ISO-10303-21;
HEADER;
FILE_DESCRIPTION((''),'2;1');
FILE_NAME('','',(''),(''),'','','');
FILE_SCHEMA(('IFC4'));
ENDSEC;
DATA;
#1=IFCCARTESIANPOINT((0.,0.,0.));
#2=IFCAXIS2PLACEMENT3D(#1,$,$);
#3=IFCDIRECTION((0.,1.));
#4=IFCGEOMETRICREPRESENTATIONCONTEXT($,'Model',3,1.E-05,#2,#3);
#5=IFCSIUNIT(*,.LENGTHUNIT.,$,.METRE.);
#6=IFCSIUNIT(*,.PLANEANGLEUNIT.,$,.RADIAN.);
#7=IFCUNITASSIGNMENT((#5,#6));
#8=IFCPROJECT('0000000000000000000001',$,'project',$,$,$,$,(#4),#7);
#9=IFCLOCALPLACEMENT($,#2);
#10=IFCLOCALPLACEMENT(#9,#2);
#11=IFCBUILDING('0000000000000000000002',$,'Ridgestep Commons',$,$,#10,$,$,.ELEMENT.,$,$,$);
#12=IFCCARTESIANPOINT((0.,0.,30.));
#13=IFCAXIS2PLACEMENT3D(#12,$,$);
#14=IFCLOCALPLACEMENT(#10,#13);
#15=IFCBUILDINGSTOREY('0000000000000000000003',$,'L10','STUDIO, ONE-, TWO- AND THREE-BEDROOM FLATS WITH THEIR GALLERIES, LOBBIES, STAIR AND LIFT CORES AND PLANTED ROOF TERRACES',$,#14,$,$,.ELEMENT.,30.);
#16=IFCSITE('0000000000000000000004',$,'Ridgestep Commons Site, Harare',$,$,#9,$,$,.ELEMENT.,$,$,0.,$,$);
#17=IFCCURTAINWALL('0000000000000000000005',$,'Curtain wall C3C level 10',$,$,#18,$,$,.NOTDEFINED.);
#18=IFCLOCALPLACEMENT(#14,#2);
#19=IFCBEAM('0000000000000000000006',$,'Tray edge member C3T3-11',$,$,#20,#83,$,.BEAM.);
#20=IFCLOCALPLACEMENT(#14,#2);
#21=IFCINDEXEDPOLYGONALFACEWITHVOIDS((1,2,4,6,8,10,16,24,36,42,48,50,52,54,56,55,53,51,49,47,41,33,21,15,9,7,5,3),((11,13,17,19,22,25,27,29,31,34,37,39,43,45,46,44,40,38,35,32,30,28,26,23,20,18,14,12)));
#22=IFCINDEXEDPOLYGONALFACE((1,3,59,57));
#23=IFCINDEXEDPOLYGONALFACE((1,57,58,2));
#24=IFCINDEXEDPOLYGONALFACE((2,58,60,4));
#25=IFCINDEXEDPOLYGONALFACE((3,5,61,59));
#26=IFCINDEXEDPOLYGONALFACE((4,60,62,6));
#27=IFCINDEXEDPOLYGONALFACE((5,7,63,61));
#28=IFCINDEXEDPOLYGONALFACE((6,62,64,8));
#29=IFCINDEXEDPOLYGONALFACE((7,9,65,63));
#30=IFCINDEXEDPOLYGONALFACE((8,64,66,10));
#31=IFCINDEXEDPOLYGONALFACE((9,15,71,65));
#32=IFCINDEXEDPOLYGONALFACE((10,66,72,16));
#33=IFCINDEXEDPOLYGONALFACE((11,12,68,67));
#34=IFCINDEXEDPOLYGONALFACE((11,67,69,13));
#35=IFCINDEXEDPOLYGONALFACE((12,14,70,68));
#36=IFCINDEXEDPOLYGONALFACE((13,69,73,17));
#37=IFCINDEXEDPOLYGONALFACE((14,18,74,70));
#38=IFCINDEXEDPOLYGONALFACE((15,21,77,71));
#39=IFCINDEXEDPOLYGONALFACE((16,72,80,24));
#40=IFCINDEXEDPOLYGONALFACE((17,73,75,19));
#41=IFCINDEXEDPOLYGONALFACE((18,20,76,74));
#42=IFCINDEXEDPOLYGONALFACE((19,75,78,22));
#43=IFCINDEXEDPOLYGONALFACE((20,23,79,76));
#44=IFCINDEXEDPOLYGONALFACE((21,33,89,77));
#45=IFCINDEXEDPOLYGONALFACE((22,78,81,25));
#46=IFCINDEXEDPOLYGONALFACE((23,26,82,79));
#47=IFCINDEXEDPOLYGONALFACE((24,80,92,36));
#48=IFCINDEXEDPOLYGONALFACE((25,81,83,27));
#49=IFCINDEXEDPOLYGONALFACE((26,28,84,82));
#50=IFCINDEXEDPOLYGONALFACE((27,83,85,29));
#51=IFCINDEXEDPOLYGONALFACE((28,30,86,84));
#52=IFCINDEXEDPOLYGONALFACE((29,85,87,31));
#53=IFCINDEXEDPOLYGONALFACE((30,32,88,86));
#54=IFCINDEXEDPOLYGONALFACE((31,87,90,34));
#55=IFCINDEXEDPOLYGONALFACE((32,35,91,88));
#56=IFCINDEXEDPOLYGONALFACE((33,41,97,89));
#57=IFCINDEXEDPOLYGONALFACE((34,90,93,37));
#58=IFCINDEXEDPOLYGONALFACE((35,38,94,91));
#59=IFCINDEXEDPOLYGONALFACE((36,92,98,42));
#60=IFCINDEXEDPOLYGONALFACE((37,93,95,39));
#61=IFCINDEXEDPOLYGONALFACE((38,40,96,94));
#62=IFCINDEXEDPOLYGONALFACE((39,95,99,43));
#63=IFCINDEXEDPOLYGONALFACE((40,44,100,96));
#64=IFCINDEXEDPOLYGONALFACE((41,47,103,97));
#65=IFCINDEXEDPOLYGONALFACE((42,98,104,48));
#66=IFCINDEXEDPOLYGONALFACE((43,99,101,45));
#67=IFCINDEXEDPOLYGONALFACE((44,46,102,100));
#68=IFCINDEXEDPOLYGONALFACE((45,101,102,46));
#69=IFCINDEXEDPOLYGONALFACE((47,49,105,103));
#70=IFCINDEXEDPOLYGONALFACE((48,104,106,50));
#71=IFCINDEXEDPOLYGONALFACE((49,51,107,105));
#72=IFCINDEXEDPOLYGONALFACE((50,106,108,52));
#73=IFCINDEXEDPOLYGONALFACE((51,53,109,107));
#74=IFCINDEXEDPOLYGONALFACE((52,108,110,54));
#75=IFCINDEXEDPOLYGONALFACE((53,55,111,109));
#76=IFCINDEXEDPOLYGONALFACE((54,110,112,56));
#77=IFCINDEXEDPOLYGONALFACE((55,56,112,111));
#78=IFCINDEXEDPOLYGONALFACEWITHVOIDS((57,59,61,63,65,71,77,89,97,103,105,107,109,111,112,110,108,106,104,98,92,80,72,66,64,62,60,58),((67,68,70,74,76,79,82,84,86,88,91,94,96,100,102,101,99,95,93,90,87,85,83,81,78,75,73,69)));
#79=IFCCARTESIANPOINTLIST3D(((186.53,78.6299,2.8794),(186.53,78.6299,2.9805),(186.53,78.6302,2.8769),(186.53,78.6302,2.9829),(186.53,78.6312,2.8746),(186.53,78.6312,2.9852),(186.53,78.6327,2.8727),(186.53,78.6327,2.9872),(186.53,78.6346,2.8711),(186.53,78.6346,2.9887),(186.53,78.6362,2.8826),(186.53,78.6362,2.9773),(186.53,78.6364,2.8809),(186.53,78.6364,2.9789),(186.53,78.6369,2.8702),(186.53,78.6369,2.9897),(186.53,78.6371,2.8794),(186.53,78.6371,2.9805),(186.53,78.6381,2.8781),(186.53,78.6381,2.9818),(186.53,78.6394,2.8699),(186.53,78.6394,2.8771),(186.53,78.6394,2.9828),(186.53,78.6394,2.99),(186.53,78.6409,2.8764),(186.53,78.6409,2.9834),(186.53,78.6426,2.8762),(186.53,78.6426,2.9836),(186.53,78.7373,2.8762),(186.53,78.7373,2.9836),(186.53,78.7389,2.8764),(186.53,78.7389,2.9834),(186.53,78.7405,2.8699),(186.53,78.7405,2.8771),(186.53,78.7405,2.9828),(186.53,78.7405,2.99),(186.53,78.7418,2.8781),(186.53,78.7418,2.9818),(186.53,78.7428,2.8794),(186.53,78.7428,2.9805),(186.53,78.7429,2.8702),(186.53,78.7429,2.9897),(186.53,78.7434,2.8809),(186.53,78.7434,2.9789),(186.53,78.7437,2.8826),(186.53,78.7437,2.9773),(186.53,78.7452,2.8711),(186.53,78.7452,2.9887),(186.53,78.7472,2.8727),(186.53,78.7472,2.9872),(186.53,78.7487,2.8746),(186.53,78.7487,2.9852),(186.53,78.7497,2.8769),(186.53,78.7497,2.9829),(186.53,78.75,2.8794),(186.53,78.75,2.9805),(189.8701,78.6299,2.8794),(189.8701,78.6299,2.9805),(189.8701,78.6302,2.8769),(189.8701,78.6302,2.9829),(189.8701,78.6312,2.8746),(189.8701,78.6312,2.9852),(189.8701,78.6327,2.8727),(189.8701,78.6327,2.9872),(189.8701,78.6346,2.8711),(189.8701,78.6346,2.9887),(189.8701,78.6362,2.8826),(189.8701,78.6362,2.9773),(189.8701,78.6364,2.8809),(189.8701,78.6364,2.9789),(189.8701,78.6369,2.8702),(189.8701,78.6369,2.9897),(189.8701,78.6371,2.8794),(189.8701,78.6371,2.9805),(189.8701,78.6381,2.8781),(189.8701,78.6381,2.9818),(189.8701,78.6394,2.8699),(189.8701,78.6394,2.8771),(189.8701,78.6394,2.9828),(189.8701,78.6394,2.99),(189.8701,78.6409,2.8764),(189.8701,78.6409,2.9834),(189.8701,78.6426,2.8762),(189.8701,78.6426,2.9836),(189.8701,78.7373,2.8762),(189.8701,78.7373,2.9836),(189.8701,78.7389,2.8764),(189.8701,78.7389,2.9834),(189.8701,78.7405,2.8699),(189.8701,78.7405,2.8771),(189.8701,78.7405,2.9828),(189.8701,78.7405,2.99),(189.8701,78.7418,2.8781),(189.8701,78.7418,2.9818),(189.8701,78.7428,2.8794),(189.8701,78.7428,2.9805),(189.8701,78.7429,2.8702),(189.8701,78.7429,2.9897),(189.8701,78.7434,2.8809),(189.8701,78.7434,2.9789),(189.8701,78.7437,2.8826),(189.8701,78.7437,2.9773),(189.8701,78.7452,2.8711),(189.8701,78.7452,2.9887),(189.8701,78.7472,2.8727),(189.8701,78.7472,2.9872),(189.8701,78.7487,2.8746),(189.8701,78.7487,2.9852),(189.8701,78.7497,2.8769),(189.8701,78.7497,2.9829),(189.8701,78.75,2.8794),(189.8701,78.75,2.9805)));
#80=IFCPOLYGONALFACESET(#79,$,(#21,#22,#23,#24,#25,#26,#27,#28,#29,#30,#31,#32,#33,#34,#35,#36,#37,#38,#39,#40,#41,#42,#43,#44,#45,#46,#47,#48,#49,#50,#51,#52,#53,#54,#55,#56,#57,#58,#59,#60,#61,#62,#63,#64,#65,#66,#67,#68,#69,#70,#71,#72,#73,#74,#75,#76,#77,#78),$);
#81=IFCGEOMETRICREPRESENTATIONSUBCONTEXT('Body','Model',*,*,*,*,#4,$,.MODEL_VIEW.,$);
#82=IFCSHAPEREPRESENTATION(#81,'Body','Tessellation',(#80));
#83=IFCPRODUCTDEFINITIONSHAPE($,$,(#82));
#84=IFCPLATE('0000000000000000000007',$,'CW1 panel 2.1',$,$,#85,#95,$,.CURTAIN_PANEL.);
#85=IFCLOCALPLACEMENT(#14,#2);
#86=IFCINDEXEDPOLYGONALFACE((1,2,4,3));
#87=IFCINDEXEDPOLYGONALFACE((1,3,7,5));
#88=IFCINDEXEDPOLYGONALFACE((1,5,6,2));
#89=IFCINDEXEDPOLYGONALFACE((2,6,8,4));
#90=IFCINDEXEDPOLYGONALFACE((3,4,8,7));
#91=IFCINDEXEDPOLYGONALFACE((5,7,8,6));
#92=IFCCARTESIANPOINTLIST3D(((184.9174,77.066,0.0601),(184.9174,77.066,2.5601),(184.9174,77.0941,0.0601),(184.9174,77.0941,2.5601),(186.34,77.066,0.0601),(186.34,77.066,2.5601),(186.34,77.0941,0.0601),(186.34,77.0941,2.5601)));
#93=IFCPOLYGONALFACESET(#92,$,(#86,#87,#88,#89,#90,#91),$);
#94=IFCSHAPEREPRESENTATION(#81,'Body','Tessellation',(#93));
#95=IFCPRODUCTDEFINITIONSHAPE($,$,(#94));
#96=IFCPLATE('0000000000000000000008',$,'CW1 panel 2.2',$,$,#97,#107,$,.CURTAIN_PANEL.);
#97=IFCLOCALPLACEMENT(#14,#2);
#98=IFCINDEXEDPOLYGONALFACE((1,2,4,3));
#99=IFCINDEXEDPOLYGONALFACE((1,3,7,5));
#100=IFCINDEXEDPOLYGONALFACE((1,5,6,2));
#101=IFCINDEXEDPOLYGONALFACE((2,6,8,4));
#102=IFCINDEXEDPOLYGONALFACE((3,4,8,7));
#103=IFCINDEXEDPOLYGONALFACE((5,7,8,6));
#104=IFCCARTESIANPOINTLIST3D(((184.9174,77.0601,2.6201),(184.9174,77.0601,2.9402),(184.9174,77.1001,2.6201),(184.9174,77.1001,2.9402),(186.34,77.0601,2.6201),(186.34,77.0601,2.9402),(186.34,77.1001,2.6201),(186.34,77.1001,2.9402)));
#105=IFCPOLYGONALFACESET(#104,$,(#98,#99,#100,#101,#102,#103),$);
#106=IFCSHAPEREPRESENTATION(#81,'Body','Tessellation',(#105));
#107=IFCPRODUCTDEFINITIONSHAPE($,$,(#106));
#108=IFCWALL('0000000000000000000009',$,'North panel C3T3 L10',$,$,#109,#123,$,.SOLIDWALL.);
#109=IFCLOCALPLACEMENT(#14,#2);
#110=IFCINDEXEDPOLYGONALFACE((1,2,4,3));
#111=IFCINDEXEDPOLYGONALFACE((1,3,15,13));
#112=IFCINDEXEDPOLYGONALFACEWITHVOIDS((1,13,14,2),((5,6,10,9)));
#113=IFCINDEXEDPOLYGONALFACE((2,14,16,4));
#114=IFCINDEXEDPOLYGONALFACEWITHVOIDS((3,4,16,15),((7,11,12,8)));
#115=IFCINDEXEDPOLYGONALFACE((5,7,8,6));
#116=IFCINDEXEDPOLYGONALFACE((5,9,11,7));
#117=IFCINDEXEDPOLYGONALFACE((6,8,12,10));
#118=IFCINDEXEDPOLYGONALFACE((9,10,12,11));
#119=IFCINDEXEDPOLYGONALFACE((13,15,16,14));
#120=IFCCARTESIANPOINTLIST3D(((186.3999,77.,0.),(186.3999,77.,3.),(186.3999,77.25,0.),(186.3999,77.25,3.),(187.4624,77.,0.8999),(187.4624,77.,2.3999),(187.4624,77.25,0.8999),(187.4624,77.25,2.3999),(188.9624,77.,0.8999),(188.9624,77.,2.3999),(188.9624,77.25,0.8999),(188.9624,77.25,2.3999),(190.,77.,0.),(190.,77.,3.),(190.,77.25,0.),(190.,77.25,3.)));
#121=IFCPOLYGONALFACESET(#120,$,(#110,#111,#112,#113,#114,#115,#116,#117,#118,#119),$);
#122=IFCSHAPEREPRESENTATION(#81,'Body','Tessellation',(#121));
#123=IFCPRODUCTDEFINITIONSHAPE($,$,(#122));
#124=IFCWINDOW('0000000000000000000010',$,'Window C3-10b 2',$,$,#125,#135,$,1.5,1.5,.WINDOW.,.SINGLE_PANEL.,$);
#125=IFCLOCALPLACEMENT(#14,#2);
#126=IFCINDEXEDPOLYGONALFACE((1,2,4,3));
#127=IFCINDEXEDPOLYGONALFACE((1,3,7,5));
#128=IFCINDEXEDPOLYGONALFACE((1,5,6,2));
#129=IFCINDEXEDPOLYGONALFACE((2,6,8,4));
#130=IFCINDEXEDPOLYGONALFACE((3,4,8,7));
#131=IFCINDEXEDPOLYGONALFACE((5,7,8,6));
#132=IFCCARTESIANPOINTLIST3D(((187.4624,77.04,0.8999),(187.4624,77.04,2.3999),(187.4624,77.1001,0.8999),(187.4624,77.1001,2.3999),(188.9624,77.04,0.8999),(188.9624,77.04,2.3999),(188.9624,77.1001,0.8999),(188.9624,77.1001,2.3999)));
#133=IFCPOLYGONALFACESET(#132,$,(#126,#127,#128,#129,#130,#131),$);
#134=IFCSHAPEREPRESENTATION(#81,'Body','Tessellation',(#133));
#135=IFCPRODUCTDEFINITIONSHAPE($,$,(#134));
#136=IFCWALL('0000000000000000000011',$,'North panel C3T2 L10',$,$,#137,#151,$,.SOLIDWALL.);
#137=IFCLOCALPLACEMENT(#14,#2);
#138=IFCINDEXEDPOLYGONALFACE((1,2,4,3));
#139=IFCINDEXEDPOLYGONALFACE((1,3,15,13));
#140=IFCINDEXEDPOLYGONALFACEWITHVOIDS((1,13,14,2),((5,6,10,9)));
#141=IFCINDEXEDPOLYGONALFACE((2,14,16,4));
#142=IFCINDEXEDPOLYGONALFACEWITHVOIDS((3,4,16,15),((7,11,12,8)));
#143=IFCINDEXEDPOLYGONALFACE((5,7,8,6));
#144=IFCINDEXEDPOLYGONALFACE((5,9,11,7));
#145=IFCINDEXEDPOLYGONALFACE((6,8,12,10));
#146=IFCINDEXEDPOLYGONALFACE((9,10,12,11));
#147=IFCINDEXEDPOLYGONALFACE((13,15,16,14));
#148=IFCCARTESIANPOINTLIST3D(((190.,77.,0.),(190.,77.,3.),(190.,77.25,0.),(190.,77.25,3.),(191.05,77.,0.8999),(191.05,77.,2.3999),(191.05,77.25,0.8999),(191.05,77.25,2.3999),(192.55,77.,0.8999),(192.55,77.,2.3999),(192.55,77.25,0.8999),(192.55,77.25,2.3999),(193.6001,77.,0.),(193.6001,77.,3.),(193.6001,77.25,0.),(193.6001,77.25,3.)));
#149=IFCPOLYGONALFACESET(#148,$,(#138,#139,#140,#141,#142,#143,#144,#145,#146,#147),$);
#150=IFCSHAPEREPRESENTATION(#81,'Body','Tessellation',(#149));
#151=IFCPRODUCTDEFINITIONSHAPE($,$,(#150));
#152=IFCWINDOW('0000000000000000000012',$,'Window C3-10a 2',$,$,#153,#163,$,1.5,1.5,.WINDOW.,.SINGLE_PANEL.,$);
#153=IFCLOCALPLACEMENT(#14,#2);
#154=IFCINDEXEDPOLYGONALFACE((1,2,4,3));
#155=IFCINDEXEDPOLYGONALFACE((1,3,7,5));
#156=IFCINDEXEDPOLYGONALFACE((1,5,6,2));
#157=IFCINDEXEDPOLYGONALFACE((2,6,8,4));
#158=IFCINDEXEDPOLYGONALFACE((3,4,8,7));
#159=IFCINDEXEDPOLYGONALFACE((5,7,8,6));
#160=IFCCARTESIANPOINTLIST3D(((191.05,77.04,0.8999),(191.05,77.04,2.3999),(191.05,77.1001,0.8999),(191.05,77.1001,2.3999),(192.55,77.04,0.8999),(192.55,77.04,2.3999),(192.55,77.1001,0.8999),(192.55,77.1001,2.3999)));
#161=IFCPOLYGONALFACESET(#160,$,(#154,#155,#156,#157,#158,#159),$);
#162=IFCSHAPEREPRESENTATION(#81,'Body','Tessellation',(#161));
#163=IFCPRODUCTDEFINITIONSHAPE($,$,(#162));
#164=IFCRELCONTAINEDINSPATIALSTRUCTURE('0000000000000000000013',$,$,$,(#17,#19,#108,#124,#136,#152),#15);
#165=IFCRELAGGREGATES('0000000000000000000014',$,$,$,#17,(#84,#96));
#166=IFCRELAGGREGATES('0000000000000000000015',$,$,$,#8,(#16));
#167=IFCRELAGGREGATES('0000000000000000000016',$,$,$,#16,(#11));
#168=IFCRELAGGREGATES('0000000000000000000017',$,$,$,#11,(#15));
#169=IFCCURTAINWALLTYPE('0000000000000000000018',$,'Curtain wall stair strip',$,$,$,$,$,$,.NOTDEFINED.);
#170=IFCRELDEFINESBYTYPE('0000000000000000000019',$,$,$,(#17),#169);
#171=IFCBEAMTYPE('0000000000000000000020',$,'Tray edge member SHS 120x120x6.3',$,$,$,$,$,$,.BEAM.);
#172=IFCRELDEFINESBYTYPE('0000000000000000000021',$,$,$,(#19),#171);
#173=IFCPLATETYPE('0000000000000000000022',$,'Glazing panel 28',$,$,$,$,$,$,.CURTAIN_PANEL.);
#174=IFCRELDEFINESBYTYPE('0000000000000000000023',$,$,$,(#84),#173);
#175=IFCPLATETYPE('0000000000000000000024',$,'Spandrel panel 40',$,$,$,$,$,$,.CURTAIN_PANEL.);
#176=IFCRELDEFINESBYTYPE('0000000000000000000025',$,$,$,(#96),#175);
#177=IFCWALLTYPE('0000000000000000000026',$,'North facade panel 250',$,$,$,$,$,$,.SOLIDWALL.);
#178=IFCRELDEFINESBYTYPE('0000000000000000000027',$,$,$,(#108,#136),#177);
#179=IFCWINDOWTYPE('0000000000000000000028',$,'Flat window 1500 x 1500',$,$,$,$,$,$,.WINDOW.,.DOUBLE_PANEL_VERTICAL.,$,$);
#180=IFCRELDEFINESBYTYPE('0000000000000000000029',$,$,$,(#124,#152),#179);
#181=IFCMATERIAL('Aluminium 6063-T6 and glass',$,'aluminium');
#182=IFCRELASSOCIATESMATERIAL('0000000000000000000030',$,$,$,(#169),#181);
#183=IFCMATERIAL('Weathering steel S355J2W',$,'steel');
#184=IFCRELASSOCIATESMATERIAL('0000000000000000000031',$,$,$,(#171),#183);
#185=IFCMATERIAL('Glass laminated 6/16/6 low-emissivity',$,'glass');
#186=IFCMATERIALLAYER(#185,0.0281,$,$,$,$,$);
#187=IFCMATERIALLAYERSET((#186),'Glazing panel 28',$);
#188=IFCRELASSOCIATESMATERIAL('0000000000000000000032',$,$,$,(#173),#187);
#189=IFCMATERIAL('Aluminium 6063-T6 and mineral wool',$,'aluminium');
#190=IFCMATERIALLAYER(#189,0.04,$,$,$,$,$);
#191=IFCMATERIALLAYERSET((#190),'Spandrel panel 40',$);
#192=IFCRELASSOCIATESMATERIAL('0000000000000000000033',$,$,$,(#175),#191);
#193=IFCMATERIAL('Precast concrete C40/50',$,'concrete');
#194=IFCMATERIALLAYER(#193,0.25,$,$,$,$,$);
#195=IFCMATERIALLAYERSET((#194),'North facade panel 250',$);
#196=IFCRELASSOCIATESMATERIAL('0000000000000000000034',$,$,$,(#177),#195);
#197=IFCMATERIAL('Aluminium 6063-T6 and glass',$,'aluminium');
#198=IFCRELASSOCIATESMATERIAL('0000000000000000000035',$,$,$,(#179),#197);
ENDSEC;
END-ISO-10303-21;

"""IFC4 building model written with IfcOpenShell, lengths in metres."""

from ifc_helpers import new_model, si_unit, direction, frame, frame_2d, origin, origin_2d, place, context, subcontext, project, spatial, rectangle, hollow_rectangle, extrude, material, layer, layer_set, material_profile, profile_set, type_object, element, fill, aggregate, save


model = new_model("IFC4")

# Units and contexts
model_context = context("Model", 3, precision=1e-05, world=origin(), true_north=direction((0.0, 1.0)))
body_context = subcontext(model_context, "Body", "Model", "MODEL_VIEW")
ifc_project = project(units=[si_unit("LENGTHUNIT", "METRE"), si_unit("PLANEANGLEUNIT", "RADIAN")], contexts=[model_context])

# Site, building, storey
site_placement = place(None, origin())
site = spatial("IfcSite", under=ifc_project, at=site_placement, Name="Ridgestep Commons Site, Harare", CompositionType="ELEMENT", RefElevation=0.0)
building_placement = place(site_placement, origin())
building = spatial("IfcBuilding", under=site, at=building_placement, Name="Ridgestep Commons", CompositionType="ELEMENT")
storey_placement = place(building_placement, frame((0.0, 0.0, 30.0)))
storey = spatial("IfcBuildingStorey", under=building, at=storey_placement, Name="L10", Description="STUDIO, ONE-, TWO- AND THREE-BEDROOM FLATS WITH THEIR GALLERIES, LOBBIES, STAIR AND LIFT CORES AND PLANTED ROOF TERRACES", CompositionType="ELEMENT", Elevation=30.0)

# Curtain wall
ifc_material_1 = material(Name="Aluminium 6063-T6 and glass", Category="aluminium")
curtain_wall_type = type_object("IfcCurtainWallType", Name="Curtain wall stair strip", PredefinedType="NOTDEFINED", material=ifc_material_1)
curtain_wall_placement = place(storey_placement, origin())
curtain_wall = element("IfcCurtainWall", 1, at=curtain_wall_placement, inside=storey, type_object=curtain_wall_type, Name="Curtain wall C3C level 10", PredefinedType="NOTDEFINED")

# Beam
ifc_material_2 = material(Name="Weathering steel S355J2W", Category="steel")
ifc_material_profile_1 = material_profile(ifc_material_2, hollow_rectangle(XDim=0.1201, YDim=0.1201, WallThickness=0.0063, InnerFilletRadius=0.0063, OuterFilletRadius=0.0095, at=origin_2d()), Name="SHS 120x120x6.3")
ifc_profile_set_1 = profile_set([ifc_material_profile_1], Name="Weathering steel S355J2W")
beam_type_1 = type_object("IfcBeamType", Name="Tray edge member SHS 120x120x6.3", PredefinedType="BEAM", material=ifc_profile_set_1)
beam_placement = place(storey_placement, frame((186.53, 78.6899, 2.9299), z_axis=(1.0, 0.0, 0.0), x_axis=(0.0, 0.0, 1.0)))
element("IfcBeam", 2, at=beam_placement, inside=storey, type_object=beam_type_1, Name="Tray edge member C3T3-11", PredefinedType="BEAM", context=body_context, shape_type="SweptSolid", body=[
    extrude(hollow_rectangle(XDim=0.1201, YDim=0.1201, WallThickness=0.0063, InnerFilletRadius=0.0063, OuterFilletRadius=0.0095, at=origin_2d()), origin(), (0.0, 0.0, 1.0), 3.3401),
])

# Plates
ifc_material_3 = material(Name="Glass laminated 6/16/6 low-emissivity", Category="glass")
ifc_layer_1 = layer(ifc_material_3, 0.0281)
ifc_layer_set_1 = layer_set([ifc_layer_1], Name="Glazing panel 28")
plate_type_1 = type_object("IfcPlateType", Name="Glazing panel 28", PredefinedType="CURTAIN_PANEL", material=ifc_layer_set_1)
plate_1_placement = place(storey_placement, frame((185.6287, 77.0801, 0.0601), z_axis=(0.0, 0.0, 1.0), x_axis=(1.0, 0.0, 0.0)))
plate_1 = element("IfcPlate", 3, at=plate_1_placement, type_object=plate_type_1, Name="CW1 panel 2.1", PredefinedType="CURTAIN_PANEL", context=body_context, shape_type="SweptSolid", body=[
    extrude(rectangle(XDim=1.4226, YDim=0.0281, at=origin_2d()), origin(), (0.0, 0.0, 1.0), 2.5),
])
ifc_material_4 = material(Name="Aluminium 6063-T6 and mineral wool", Category="aluminium")
ifc_layer_2 = layer(ifc_material_4, 0.04)
ifc_layer_set_2 = layer_set([ifc_layer_2], Name="Spandrel panel 40")
plate_type_2 = type_object("IfcPlateType", Name="Spandrel panel 40", PredefinedType="CURTAIN_PANEL", material=ifc_layer_set_2)
plate_2_placement = place(storey_placement, frame((185.6287, 77.0801, 2.6201), z_axis=(0.0, 0.0, 1.0), x_axis=(1.0, 0.0, 0.0)))
plate_2 = element("IfcPlate", 4, at=plate_2_placement, type_object=plate_type_2, Name="CW1 panel 2.2", PredefinedType="CURTAIN_PANEL", context=body_context, shape_type="SweptSolid", body=[
    extrude(rectangle(XDim=1.4226, YDim=0.04, at=origin_2d()), origin(), (0.0, 0.0, 1.0), 0.3201),
])
aggregate(curtain_wall, [plate_1, plate_2])

# Walls, openings, windows
ifc_material_5 = material(Name="Precast concrete C40/50", Category="concrete")
ifc_layer_3 = layer(ifc_material_5, 0.25)
ifc_layer_set_3 = layer_set([ifc_layer_3], Name="North facade panel 250")
wall_type_1 = type_object("IfcWallType", Name="North facade panel 250", PredefinedType="SOLIDWALL", material=ifc_layer_set_3)
wall_1_placement = place(storey_placement, frame((186.3999, 77.125, 0.0), z_axis=(0.0, 0.0, 1.0), x_axis=(1.0, 0.0, 0.0)))
wall_1 = element("IfcWall", 5, at=wall_1_placement, inside=storey, type_object=wall_type_1, Name="North panel C3T3 L10", PredefinedType="SOLIDWALL", context=body_context, shape_type="SweptSolid", body=[
    extrude(rectangle(XDim=3.6001, YDim=0.25, at=frame_2d((1.8, 0.0))), origin(), (0.0, 0.0, 1.0), 3.0),
])
opening_1_placement = place(wall_1_placement, frame((1.0625, 0.0, 0.8999)))
opening_1 = element("IfcOpeningElement", 6, at=opening_1_placement, cuts=wall_1, PredefinedType="OPENING", context=body_context, shape_type="SweptSolid", body=[
    extrude(rectangle(XDim=1.5, YDim=1.5, at=frame_2d((0.75, 0.75))), frame((0.0, 0.135, 0.0), z_axis=(0.0, -1.0, 0.0), x_axis=(1.0, 0.0, 0.0)), (0.0, 0.0, 1.0), 0.27),
])
ifc_material_6 = material(Name="Aluminium 6063-T6 and glass", Category="aluminium")
window_type = type_object("IfcWindowType", Name="Flat window 1500 x 1500", PartitioningType="DOUBLE_PANEL_VERTICAL", PredefinedType="WINDOW", material=ifc_material_6)
window_1_placement = place(opening_1_placement, origin())
window_1 = element("IfcWindow", 7, at=window_1_placement, inside=storey, type_object=window_type, Name="Window C3-10b 2", OverallHeight=1.5, OverallWidth=1.5, PartitioningType="SINGLE_PANEL", PredefinedType="WINDOW", context=body_context, shape_type="SweptSolid", body=[
    extrude(rectangle(XDim=1.5, YDim=1.5, at=frame_2d((0.75, 0.75))), frame((0.0, -0.0249, 0.0), z_axis=(0.0, -1.0, 0.0), x_axis=(1.0, 0.0, 0.0)), (0.0, 0.0, 1.0), 0.0601),
])
fill(opening_1, window_1)
wall_2_placement = place(storey_placement, frame((190.0, 77.125, 0.0), z_axis=(0.0, 0.0, 1.0), x_axis=(1.0, 0.0, 0.0)))
wall_2 = element("IfcWall", 8, at=wall_2_placement, inside=storey, type_object=wall_type_1, Name="North panel C3T2 L10", PredefinedType="SOLIDWALL", context=body_context, shape_type="SweptSolid", body=[
    extrude(rectangle(XDim=3.6001, YDim=0.25, at=frame_2d((1.8, 0.0))), origin(), (0.0, 0.0, 1.0), 3.0),
])
opening_2_placement = place(wall_2_placement, frame((1.05, 0.0, 0.8999)))
opening_2 = element("IfcOpeningElement", 9, at=opening_2_placement, cuts=wall_2, PredefinedType="OPENING", context=body_context, shape_type="SweptSolid", body=[
    extrude(rectangle(XDim=1.5, YDim=1.5, at=frame_2d((0.75, 0.75))), frame((0.0, 0.135, 0.0), z_axis=(0.0, -1.0, 0.0), x_axis=(1.0, 0.0, 0.0)), (0.0, 0.0, 1.0), 0.27),
])
window_2_placement = place(opening_2_placement, origin())
window_2 = element("IfcWindow", 10, at=window_2_placement, inside=storey, type_object=window_type, Name="Window C3-10a 2", OverallHeight=1.5, OverallWidth=1.5, PartitioningType="SINGLE_PANEL", PredefinedType="WINDOW", context=body_context, shape_type="SweptSolid", body=[
    extrude(rectangle(XDim=1.5, YDim=1.5, at=frame_2d((0.75, 0.75))), frame((0.0, -0.0249, 0.0), z_axis=(0.0, -1.0, 0.0), x_axis=(1.0, 0.0, 0.0)), (0.0, 0.0, 1.0), 0.0601),
])
fill(opening_2, window_2)

save(model, "model.ifc")
